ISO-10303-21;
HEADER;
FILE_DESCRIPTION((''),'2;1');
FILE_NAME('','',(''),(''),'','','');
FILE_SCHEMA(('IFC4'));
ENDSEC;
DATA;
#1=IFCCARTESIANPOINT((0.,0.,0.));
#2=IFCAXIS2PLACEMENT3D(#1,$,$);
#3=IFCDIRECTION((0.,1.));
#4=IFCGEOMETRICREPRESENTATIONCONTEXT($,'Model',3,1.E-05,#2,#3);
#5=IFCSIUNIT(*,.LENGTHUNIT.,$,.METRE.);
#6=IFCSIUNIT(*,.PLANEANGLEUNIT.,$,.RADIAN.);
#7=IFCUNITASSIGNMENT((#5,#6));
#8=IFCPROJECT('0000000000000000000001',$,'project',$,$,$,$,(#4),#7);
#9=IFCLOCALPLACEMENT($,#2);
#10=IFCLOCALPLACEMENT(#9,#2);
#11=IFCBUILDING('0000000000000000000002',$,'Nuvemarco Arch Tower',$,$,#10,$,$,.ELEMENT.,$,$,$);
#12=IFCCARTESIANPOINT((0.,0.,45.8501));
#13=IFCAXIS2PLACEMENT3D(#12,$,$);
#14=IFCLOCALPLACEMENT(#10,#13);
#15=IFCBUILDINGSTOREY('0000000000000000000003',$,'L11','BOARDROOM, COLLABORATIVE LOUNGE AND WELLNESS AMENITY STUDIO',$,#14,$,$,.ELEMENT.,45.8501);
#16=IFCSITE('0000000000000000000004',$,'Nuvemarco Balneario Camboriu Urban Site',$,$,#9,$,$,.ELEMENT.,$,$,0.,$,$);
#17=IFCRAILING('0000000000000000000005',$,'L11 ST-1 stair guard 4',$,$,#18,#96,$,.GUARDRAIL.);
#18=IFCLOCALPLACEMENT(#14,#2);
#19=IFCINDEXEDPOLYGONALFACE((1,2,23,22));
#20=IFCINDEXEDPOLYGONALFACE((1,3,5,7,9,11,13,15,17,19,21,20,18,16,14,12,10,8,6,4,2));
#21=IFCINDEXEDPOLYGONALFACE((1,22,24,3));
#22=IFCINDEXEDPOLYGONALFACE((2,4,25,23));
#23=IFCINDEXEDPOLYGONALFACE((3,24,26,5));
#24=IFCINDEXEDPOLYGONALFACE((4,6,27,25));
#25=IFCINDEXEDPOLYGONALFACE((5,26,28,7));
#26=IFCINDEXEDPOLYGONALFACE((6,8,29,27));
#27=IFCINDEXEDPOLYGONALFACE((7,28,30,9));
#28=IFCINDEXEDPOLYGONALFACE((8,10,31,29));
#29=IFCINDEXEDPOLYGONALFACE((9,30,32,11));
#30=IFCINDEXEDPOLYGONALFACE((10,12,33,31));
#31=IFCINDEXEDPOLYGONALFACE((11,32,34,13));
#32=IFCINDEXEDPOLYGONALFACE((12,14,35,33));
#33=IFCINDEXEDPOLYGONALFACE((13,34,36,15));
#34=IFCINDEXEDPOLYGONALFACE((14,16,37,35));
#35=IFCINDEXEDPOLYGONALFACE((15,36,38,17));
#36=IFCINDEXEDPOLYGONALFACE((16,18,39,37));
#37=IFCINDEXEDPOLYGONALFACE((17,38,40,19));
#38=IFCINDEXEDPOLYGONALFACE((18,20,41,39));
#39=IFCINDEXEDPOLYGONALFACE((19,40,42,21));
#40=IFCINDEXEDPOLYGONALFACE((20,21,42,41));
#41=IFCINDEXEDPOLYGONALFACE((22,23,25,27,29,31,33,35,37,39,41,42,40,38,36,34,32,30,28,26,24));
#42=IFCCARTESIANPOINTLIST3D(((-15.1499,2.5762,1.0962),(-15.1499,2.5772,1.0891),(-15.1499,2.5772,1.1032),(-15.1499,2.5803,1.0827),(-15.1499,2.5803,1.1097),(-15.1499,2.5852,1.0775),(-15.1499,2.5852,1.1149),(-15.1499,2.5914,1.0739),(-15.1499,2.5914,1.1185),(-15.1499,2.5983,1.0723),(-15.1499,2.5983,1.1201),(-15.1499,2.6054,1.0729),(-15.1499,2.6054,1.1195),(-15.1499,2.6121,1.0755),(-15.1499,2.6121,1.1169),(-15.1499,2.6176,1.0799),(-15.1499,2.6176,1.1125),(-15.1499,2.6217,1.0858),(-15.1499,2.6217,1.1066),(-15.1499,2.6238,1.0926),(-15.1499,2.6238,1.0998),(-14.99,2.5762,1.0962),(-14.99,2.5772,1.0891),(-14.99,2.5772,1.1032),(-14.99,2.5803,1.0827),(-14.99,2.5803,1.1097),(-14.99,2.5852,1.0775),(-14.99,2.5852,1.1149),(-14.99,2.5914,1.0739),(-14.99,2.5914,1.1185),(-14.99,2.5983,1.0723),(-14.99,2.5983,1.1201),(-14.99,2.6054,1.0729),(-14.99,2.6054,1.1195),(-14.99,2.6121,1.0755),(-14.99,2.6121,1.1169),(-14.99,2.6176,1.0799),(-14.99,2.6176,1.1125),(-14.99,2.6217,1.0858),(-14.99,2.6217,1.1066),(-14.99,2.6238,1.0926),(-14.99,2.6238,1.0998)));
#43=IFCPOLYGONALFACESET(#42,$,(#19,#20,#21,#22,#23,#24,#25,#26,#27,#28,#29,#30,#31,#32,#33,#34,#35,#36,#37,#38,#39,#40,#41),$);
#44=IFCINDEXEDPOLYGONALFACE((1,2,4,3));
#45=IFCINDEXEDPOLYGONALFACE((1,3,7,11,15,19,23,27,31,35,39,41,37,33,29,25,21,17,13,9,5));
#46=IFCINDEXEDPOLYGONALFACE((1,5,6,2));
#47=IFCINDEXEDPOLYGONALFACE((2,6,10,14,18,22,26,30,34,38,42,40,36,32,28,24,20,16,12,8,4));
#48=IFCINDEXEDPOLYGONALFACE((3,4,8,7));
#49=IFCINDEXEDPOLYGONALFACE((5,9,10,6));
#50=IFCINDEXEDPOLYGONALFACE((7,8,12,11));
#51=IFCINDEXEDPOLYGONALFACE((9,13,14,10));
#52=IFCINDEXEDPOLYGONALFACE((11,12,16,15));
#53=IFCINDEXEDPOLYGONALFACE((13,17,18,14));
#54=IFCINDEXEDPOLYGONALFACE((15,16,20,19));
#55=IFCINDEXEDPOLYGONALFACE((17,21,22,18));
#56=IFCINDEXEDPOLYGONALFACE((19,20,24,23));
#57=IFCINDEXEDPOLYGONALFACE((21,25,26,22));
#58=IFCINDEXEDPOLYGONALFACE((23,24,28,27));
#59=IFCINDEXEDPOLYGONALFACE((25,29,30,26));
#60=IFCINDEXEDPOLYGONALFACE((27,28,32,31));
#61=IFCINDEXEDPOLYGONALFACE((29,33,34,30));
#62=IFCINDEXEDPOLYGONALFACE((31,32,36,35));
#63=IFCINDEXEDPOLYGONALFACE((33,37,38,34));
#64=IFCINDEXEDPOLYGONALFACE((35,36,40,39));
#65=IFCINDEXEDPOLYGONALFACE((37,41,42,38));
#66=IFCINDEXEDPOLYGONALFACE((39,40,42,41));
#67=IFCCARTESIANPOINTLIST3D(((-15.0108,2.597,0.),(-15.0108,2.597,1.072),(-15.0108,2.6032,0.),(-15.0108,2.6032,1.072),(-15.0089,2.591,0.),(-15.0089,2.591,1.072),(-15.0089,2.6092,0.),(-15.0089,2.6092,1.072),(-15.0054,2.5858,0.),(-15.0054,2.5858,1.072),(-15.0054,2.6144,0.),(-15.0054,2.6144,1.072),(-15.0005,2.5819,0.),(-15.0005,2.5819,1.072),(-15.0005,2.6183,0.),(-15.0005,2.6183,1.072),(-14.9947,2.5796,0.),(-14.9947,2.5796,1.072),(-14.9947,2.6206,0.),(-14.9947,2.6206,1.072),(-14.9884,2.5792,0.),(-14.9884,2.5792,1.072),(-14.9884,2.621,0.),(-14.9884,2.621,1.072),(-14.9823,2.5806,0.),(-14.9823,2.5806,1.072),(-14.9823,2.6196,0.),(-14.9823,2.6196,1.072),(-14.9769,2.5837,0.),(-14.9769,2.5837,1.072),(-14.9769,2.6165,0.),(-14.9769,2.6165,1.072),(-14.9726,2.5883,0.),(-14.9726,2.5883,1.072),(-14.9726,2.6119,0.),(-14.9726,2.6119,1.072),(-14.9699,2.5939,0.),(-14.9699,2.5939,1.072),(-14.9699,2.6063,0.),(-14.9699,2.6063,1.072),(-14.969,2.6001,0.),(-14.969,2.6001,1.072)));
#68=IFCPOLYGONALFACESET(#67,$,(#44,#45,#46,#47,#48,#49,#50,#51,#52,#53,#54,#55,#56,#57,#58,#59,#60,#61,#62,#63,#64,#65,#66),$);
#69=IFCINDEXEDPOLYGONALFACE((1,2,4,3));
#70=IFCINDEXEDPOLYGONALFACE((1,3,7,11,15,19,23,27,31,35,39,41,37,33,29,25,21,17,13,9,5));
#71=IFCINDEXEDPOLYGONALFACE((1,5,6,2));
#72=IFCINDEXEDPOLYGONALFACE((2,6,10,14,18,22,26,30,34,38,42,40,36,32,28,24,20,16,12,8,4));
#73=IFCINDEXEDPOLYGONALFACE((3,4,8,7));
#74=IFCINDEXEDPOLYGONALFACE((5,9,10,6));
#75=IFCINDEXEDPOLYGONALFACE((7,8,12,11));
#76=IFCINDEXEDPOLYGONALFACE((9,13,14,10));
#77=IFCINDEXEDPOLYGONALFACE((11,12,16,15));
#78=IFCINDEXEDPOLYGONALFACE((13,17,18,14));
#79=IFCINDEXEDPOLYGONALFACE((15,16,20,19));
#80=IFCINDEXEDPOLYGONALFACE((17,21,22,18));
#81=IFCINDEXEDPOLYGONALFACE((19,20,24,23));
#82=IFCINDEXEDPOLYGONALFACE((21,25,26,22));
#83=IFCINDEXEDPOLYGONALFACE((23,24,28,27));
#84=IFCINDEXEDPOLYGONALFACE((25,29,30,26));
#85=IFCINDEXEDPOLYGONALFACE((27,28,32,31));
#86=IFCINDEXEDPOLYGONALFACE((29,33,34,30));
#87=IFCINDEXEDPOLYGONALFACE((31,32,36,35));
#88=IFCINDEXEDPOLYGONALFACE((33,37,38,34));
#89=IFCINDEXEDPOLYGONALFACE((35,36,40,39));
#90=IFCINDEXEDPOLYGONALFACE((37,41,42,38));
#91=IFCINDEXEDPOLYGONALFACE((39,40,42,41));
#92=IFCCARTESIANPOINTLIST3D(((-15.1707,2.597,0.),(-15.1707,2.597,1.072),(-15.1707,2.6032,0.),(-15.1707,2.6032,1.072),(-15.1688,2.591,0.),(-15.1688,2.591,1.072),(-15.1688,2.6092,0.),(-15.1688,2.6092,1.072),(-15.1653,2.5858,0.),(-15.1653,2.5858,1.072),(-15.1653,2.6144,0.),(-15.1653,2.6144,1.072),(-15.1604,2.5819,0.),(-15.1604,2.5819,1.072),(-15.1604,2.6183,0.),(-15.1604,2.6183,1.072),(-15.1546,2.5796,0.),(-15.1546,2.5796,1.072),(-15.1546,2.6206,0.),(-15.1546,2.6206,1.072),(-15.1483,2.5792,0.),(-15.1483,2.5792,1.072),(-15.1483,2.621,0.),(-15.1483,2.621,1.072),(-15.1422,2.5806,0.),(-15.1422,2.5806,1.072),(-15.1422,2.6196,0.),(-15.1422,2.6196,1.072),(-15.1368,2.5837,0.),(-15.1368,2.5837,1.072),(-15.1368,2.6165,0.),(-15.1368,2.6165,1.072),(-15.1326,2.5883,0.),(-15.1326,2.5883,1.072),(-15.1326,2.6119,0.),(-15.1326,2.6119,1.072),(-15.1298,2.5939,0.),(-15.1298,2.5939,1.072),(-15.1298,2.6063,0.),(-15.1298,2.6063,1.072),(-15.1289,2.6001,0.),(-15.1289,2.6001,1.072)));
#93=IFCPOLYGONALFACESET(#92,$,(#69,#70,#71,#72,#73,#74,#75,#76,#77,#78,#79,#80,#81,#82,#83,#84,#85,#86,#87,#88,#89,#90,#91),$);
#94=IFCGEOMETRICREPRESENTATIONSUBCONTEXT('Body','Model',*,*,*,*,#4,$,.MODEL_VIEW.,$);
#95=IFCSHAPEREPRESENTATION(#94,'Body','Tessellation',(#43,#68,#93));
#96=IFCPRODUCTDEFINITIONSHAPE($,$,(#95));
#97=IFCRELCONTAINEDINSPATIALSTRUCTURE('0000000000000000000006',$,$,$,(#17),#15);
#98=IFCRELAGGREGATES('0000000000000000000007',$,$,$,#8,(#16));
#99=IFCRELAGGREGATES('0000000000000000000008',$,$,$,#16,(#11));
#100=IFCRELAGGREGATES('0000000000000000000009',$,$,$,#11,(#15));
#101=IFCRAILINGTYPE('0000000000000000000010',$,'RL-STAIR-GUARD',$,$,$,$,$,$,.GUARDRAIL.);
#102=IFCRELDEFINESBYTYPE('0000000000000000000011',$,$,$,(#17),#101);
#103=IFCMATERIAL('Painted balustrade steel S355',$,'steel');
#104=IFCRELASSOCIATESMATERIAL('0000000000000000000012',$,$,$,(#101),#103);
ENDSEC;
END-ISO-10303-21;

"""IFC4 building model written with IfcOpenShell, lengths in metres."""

from ifc_helpers import new_model, si_unit, direction, frame, origin, origin_2d, place, context, subcontext, project, spatial, circle, extrude, material, type_object, element, save


model = new_model("IFC4")

# Units and contexts
model_context = context("Model", 3, precision=1e-05, world=origin(), true_north=direction((0.0, 1.0)))
body_context = subcontext(model_context, "Body", "Model", "MODEL_VIEW")
ifc_project = project(units=[si_unit("LENGTHUNIT", "METRE"), si_unit("PLANEANGLEUNIT", "RADIAN")], contexts=[model_context])

# Site, building, storey
site_placement = place(None, origin())
site = spatial("IfcSite", under=ifc_project, at=site_placement, Name="Nuvemarco Balneario Camboriu Urban Site", CompositionType="ELEMENT", RefElevation=0.0)
building_placement = place(site_placement, origin())
building = spatial("IfcBuilding", under=site, at=building_placement, Name="Nuvemarco Arch Tower", CompositionType="ELEMENT")
storey_placement = place(building_placement, frame((0.0, 0.0, 45.8501)))
storey = spatial("IfcBuildingStorey", under=building, at=storey_placement, Name="L11", Description="BOARDROOM, COLLABORATIVE LOUNGE AND WELLNESS AMENITY STUDIO", CompositionType="ELEMENT", Elevation=45.8501)

# Railing
ifc_material_1 = material(Name="Painted balustrade steel S355", Category="steel")
railing_type_1 = type_object("IfcRailingType", Name="RL-STAIR-GUARD", PredefinedType="GUARDRAIL", material=ifc_material_1)
railing_1_placement = place(storey_placement, frame((-14.99, 2.6001, 0.0)))
element("IfcRailing", 1, at=railing_1_placement, inside=storey, type_object=railing_type_1, Name="L11 ST-1 stair guard 4", PredefinedType="GUARDRAIL", context=body_context, shape_type="SweptSolid", body=[
    extrude(circle(Radius=0.0239, at=origin_2d()), frame((0.0, 0.0, 1.0962), z_axis=(-1.0, 0.0, 0.0), x_axis=(0.0, -1.0, 0.0)), (0.0, 0.0, 1.0), 0.1599),
    extrude(circle(Radius=0.021, at=origin_2d()), origin(), (0.0, 0.0, 1.0), 1.072),
    extrude(circle(Radius=0.021, at=origin_2d()), frame((-0.1599, 0.0, 0.0)), (0.0, 0.0, 1.0), 1.072),
])

save(model, "model.ifc")
